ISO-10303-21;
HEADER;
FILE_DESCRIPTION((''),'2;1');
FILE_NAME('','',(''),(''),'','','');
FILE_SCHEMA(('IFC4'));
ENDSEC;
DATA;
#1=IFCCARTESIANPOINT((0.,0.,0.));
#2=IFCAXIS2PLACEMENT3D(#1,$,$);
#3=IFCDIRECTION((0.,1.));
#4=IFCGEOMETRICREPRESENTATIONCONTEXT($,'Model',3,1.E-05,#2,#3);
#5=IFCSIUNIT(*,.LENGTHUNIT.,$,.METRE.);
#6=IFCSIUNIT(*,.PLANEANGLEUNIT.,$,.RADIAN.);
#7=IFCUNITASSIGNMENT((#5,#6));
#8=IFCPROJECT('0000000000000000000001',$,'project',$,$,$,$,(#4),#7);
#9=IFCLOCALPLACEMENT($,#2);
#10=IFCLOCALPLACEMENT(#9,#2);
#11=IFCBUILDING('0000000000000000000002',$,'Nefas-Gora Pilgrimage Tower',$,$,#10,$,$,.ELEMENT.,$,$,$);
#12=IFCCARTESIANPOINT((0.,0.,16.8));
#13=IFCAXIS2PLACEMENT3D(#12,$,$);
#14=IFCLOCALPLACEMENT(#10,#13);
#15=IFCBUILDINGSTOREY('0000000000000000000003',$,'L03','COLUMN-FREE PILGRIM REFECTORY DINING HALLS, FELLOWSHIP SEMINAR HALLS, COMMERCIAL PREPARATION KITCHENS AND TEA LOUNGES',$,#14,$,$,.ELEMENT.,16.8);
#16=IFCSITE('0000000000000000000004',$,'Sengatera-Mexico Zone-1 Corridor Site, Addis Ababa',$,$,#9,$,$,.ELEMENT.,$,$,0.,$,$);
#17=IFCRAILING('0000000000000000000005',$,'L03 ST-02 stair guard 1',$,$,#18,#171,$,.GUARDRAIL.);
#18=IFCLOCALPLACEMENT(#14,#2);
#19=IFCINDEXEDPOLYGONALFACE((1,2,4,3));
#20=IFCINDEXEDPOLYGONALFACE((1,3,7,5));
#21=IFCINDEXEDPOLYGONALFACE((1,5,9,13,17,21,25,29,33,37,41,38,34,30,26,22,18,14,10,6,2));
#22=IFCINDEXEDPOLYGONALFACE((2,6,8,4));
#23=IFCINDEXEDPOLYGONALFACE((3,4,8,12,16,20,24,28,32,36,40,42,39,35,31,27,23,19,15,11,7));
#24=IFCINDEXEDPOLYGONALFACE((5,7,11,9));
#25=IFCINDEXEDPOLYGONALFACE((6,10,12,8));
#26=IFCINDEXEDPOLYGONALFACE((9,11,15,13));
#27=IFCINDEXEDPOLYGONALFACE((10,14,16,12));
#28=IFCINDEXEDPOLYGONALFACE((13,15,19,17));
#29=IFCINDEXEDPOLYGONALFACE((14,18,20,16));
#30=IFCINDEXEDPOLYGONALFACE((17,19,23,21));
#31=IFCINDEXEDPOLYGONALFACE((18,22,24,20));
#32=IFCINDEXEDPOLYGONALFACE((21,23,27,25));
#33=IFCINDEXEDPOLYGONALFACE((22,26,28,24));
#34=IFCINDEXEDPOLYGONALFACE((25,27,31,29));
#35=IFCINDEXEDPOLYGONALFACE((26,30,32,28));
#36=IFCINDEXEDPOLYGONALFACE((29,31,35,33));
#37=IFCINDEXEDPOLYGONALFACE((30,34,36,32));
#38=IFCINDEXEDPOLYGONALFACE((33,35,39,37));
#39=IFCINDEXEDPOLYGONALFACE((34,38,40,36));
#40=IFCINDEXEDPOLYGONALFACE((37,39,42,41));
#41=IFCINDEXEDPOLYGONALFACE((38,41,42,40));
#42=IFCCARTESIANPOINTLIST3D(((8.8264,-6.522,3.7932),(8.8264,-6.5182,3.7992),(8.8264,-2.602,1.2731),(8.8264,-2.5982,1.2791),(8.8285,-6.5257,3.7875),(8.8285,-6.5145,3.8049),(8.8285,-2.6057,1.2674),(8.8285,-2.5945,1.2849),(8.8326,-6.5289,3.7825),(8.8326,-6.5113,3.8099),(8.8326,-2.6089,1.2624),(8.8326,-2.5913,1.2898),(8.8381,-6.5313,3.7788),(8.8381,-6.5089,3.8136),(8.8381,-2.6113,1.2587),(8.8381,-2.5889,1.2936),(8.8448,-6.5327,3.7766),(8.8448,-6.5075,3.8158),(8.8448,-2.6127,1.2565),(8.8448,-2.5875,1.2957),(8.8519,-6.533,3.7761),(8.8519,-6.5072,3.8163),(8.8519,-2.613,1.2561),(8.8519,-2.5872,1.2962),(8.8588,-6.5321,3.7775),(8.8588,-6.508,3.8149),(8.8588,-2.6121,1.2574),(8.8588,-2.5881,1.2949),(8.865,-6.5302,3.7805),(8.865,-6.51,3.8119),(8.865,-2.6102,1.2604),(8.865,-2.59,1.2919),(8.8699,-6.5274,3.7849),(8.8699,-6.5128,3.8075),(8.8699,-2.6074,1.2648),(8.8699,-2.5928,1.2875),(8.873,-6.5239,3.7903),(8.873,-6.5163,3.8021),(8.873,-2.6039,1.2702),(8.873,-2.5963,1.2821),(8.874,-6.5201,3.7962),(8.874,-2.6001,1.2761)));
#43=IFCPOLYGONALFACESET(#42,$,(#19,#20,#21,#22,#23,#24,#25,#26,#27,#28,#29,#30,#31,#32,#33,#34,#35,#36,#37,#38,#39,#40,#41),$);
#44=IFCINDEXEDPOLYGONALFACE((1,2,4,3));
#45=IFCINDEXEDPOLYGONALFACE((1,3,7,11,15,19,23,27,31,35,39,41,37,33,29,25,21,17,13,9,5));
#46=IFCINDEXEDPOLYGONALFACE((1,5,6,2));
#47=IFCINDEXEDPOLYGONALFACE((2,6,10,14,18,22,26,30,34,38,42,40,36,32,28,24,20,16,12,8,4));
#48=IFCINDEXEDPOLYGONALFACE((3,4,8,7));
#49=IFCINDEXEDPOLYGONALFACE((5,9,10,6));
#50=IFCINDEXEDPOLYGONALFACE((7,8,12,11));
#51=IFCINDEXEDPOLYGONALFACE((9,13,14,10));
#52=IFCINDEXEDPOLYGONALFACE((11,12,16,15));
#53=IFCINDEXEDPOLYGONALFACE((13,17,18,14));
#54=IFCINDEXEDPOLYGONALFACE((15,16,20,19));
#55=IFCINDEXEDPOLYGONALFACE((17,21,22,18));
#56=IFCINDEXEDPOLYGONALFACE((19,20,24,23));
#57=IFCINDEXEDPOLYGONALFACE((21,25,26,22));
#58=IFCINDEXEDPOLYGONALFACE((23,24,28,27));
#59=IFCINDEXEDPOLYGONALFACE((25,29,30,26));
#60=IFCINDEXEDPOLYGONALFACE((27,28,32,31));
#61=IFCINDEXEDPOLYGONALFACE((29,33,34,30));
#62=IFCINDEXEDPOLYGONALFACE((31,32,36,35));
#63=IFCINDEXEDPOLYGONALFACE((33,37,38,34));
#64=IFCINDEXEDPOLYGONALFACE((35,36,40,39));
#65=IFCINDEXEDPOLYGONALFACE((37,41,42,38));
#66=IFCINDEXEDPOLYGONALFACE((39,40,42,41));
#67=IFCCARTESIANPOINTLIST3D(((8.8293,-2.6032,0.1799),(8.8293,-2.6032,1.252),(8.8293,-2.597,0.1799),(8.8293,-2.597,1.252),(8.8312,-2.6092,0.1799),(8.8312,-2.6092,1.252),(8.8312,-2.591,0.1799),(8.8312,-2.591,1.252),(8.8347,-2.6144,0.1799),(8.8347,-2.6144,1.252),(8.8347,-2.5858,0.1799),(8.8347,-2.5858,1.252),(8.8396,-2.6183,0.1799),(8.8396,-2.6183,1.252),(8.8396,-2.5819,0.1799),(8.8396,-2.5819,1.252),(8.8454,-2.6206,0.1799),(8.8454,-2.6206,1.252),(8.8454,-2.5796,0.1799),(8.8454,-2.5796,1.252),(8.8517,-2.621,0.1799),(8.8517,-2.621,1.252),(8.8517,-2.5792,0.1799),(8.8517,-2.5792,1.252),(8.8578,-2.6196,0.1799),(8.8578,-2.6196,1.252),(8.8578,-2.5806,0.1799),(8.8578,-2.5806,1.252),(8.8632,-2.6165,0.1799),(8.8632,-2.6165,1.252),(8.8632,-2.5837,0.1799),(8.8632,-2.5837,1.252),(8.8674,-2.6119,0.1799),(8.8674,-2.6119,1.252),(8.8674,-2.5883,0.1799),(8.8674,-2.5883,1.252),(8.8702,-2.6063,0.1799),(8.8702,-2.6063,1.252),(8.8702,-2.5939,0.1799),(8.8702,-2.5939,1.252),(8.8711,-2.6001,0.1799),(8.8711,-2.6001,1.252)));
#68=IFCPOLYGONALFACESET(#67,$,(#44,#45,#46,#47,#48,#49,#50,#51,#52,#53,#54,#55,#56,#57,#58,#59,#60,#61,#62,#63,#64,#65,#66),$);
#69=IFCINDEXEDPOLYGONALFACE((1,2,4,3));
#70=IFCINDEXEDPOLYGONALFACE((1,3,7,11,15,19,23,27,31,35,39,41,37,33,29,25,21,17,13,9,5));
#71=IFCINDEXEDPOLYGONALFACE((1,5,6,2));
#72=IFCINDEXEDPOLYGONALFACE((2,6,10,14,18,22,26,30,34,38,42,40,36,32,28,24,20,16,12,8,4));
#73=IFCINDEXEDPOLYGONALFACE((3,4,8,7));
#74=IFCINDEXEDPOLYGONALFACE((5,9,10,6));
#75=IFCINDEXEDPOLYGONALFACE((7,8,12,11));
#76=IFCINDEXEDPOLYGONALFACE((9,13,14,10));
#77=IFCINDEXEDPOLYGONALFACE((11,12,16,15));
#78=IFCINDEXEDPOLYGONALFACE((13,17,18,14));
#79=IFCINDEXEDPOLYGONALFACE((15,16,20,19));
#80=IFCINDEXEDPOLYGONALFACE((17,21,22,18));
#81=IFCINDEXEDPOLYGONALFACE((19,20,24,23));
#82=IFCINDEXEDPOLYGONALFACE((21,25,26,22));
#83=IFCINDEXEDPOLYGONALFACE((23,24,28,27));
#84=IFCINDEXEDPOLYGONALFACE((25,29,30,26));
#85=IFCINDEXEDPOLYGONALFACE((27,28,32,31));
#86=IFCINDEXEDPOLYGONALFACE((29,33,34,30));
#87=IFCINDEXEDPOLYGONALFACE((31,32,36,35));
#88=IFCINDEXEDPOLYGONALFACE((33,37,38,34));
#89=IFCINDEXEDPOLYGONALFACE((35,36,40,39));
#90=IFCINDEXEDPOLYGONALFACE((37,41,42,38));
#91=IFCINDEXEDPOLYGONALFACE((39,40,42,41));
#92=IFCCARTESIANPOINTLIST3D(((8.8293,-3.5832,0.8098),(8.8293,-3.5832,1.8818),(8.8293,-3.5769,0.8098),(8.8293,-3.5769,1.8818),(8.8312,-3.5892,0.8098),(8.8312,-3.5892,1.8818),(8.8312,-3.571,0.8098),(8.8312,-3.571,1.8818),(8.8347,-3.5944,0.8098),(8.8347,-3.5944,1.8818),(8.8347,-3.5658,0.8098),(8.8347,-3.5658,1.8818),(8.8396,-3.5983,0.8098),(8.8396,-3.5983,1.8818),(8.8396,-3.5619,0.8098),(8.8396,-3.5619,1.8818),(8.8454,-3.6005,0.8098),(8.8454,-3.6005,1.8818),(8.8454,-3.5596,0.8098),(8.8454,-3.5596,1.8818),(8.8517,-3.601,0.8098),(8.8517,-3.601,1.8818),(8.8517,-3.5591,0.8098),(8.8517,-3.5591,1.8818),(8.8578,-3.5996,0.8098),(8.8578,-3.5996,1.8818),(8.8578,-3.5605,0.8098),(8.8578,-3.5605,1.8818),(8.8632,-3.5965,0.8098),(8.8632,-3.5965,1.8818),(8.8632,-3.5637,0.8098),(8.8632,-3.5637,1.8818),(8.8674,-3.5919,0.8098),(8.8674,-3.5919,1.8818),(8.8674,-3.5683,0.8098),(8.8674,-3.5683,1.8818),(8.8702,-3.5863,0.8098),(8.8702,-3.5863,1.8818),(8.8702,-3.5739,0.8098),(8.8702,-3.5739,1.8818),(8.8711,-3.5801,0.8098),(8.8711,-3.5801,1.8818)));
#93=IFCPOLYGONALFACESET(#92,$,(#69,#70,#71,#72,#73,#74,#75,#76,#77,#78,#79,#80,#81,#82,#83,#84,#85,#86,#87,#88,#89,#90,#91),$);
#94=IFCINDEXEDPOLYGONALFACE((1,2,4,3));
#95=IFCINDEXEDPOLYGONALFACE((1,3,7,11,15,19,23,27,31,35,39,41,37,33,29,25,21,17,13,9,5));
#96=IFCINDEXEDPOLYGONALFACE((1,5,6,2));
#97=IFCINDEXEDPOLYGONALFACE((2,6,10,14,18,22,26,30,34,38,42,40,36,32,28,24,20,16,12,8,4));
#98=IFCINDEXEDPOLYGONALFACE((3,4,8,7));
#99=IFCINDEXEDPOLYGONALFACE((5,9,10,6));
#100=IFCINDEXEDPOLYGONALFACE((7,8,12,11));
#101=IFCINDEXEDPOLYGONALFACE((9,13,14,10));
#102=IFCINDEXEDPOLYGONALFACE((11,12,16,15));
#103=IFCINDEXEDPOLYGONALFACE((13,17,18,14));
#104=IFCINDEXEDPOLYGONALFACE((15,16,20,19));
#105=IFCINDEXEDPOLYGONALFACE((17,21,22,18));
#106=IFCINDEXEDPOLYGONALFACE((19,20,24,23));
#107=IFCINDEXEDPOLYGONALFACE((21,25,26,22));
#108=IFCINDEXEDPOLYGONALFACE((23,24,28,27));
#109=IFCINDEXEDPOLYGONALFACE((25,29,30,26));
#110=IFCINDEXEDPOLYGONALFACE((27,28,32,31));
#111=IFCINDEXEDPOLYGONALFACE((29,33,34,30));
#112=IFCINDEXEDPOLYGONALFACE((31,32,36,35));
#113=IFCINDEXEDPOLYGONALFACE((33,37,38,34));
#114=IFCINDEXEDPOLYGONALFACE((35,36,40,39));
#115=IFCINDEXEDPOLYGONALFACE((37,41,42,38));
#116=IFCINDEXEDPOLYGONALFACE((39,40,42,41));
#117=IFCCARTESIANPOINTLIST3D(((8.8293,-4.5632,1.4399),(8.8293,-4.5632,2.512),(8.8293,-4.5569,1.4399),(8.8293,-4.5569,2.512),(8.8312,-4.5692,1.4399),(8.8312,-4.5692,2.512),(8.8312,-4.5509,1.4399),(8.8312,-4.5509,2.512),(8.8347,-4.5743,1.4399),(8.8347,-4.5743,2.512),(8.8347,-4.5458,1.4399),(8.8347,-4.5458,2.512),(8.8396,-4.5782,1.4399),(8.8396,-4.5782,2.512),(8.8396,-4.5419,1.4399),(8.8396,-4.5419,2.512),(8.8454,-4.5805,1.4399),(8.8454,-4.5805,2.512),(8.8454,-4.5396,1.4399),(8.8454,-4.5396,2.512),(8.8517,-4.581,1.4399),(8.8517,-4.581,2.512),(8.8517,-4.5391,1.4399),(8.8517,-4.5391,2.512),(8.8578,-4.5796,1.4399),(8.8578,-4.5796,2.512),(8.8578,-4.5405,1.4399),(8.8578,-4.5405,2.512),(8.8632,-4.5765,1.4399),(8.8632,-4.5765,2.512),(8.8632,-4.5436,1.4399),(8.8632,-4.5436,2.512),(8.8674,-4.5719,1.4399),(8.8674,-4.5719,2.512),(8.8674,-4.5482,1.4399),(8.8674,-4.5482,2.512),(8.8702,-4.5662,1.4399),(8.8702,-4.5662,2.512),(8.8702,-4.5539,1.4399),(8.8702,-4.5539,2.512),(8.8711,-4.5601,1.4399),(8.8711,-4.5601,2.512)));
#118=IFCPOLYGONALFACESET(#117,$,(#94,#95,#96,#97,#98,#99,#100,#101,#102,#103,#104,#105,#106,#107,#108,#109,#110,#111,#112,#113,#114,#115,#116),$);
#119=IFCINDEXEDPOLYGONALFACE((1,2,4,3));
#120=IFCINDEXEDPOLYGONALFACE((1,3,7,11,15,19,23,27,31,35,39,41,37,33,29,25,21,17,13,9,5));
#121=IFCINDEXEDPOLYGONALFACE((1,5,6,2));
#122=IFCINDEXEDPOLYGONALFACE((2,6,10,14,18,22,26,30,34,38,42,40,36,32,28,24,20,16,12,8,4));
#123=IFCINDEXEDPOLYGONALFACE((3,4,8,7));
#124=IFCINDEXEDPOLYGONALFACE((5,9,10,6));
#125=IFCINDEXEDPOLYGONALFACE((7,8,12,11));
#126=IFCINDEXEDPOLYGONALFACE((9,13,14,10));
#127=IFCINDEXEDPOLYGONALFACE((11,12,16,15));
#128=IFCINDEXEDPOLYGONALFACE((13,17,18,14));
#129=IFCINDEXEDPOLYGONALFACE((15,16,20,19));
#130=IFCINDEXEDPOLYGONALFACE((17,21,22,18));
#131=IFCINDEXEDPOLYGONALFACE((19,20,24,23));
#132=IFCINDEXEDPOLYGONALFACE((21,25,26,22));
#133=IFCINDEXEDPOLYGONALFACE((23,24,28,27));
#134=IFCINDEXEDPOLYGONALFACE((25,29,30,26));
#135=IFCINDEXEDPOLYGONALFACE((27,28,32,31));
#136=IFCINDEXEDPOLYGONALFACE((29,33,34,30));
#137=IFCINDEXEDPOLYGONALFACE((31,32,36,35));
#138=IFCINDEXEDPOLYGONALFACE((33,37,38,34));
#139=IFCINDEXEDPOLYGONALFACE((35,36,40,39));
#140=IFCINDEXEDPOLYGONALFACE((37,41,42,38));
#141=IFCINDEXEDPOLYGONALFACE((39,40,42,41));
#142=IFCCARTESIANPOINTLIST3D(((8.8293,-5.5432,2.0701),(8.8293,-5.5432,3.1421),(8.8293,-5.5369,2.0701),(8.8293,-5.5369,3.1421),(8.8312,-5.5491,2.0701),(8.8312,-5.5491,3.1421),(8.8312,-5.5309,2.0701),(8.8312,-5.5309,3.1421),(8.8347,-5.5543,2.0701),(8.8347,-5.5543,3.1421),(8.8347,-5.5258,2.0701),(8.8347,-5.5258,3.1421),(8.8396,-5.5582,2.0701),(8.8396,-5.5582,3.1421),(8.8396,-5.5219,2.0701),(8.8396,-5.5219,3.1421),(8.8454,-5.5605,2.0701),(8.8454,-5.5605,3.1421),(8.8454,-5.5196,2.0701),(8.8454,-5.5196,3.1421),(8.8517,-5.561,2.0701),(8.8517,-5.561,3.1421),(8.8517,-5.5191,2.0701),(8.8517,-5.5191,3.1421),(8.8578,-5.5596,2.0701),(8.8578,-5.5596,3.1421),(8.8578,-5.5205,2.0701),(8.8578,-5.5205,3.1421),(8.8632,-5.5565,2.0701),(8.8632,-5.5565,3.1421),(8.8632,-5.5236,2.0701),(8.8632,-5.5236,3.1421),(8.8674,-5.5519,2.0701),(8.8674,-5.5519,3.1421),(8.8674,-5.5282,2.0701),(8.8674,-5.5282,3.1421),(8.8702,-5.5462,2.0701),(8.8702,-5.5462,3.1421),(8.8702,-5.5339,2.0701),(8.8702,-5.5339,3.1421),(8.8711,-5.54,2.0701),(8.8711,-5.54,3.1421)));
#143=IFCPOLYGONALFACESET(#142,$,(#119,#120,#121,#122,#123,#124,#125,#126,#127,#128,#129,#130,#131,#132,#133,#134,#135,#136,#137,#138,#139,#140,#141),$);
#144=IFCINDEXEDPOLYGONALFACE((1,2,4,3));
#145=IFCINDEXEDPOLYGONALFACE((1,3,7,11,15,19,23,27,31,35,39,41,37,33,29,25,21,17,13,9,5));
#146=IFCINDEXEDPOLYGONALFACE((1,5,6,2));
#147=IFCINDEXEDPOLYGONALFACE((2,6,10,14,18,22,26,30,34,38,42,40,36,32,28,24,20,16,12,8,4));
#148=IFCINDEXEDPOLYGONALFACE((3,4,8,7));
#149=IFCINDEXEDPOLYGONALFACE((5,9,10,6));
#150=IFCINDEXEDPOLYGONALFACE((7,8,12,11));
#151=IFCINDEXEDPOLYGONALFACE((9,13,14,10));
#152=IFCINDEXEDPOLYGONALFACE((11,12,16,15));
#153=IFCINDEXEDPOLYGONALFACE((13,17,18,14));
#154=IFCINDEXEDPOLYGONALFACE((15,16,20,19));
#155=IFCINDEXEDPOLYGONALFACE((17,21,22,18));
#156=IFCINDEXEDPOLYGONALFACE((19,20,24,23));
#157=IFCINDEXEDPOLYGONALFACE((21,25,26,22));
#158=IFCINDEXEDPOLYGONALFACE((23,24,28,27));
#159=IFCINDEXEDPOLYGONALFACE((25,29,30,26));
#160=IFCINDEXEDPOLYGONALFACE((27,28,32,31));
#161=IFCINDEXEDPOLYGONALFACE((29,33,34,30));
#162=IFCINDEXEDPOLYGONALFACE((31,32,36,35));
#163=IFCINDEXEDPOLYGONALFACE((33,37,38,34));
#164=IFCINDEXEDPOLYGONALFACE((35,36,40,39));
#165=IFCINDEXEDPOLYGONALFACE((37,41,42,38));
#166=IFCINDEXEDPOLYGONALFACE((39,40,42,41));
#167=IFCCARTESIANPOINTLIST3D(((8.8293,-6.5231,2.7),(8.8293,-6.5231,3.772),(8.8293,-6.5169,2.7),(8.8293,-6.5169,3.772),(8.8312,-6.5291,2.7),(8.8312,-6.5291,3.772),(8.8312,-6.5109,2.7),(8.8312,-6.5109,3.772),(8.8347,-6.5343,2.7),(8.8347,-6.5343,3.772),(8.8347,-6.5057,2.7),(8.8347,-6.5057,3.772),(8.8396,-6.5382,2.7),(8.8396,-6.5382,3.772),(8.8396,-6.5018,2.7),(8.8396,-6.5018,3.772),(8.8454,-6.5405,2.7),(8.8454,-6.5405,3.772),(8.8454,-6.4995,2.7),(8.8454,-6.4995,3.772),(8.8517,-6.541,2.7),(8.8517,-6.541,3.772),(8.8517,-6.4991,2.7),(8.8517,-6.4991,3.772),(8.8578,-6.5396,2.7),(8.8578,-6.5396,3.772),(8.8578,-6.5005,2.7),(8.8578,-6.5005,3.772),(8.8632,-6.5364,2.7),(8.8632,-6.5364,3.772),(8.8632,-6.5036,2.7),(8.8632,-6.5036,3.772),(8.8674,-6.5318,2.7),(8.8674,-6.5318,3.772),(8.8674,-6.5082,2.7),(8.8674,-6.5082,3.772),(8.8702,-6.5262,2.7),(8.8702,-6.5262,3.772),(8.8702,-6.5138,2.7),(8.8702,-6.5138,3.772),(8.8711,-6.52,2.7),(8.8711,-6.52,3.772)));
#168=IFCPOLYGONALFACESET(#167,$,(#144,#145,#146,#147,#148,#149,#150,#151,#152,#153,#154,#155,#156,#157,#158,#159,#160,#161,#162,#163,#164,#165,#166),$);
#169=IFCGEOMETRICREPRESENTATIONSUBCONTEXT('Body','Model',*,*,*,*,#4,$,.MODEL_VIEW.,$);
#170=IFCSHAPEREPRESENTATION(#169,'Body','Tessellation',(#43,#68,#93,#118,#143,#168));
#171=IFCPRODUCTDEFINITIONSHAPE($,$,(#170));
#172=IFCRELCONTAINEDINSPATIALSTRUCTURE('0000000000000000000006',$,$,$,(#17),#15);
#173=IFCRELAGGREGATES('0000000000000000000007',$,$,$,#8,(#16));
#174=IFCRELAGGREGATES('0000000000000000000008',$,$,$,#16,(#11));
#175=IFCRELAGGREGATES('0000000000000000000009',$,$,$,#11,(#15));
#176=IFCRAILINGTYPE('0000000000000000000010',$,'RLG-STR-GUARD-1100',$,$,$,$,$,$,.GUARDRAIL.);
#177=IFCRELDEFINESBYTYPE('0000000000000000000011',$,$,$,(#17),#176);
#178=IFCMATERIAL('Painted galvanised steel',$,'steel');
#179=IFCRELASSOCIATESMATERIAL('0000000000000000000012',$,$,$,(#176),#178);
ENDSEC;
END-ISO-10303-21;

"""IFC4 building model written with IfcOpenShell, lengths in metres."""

from ifc_helpers import new_model, si_unit, direction, frame, origin, origin_2d, place, context, subcontext, project, spatial, circle, extrude, material, type_object, element, save


model = new_model("IFC4")

# Units and contexts
model_context = context("Model", 3, precision=1e-05, world=origin(), true_north=direction((0.0, 1.0)))
body_context = subcontext(model_context, "Body", "Model", "MODEL_VIEW")
ifc_project = project(units=[si_unit("LENGTHUNIT", "METRE"), si_unit("PLANEANGLEUNIT", "RADIAN")], contexts=[model_context])

# Site, building, storey
site_placement = place(None, origin())
site = spatial("IfcSite", under=ifc_project, at=site_placement, Name="Sengatera-Mexico Zone-1 Corridor Site, Addis Ababa", CompositionType="ELEMENT", RefElevation=0.0)
building_placement = place(site_placement, origin())
building = spatial("IfcBuilding", under=site, at=building_placement, Name="Nefas-Gora Pilgrimage Tower", CompositionType="ELEMENT")
storey_placement = place(building_placement, frame((0.0, 0.0, 16.8)))
storey = spatial("IfcBuildingStorey", under=building, at=storey_placement, Name="L03", Description="COLUMN-FREE PILGRIM REFECTORY DINING HALLS, FELLOWSHIP SEMINAR HALLS, COMMERCIAL PREPARATION KITCHENS AND TEA LOUNGES", CompositionType="ELEMENT", Elevation=16.8)

# Railing
ifc_material_1 = material(Name="Painted galvanised steel", Category="steel")
railing_type_1 = type_object("IfcRailingType", Name="RLG-STR-GUARD-1100", PredefinedType="GUARDRAIL", material=ifc_material_1)
railing_1_placement = place(storey_placement, frame((8.8501, -2.6001, 0.1799)))
element("IfcRailing", 1, at=railing_1_placement, inside=storey, type_object=railing_type_1, Name="L03 ST-02 stair guard 1", PredefinedType="GUARDRAIL", context=body_context, shape_type="SweptSolid", body=[
    extrude(circle(Radius=0.0239, at=origin_2d()), frame((0.0, 0.0, 1.0962), z_axis=(0.0, -0.841172, 0.540768), x_axis=(1.0, 0.0, 0.0)), (0.0, 0.0, 1.0), 4.6602),
    extrude(circle(Radius=0.021, at=origin_2d()), origin(), (0.0, 0.0, 1.0), 1.072),
    extrude(circle(Radius=0.021, at=origin_2d()), frame((0.0, -0.98, 0.6299)), (0.0, 0.0, 1.0), 1.072),
    extrude(circle(Radius=0.021, at=origin_2d()), frame((0.0, -1.96, 1.26)), (0.0, 0.0, 1.0), 1.072),
    extrude(circle(Radius=0.021, at=origin_2d()), frame((0.0, -2.9399, 1.8901)), (0.0, 0.0, 1.0), 1.072),
    extrude(circle(Radius=0.021, at=origin_2d()), frame((0.0, -3.9199, 2.52)), (0.0, 0.0, 1.0), 1.072),
])

save(model, "model.ifc")
